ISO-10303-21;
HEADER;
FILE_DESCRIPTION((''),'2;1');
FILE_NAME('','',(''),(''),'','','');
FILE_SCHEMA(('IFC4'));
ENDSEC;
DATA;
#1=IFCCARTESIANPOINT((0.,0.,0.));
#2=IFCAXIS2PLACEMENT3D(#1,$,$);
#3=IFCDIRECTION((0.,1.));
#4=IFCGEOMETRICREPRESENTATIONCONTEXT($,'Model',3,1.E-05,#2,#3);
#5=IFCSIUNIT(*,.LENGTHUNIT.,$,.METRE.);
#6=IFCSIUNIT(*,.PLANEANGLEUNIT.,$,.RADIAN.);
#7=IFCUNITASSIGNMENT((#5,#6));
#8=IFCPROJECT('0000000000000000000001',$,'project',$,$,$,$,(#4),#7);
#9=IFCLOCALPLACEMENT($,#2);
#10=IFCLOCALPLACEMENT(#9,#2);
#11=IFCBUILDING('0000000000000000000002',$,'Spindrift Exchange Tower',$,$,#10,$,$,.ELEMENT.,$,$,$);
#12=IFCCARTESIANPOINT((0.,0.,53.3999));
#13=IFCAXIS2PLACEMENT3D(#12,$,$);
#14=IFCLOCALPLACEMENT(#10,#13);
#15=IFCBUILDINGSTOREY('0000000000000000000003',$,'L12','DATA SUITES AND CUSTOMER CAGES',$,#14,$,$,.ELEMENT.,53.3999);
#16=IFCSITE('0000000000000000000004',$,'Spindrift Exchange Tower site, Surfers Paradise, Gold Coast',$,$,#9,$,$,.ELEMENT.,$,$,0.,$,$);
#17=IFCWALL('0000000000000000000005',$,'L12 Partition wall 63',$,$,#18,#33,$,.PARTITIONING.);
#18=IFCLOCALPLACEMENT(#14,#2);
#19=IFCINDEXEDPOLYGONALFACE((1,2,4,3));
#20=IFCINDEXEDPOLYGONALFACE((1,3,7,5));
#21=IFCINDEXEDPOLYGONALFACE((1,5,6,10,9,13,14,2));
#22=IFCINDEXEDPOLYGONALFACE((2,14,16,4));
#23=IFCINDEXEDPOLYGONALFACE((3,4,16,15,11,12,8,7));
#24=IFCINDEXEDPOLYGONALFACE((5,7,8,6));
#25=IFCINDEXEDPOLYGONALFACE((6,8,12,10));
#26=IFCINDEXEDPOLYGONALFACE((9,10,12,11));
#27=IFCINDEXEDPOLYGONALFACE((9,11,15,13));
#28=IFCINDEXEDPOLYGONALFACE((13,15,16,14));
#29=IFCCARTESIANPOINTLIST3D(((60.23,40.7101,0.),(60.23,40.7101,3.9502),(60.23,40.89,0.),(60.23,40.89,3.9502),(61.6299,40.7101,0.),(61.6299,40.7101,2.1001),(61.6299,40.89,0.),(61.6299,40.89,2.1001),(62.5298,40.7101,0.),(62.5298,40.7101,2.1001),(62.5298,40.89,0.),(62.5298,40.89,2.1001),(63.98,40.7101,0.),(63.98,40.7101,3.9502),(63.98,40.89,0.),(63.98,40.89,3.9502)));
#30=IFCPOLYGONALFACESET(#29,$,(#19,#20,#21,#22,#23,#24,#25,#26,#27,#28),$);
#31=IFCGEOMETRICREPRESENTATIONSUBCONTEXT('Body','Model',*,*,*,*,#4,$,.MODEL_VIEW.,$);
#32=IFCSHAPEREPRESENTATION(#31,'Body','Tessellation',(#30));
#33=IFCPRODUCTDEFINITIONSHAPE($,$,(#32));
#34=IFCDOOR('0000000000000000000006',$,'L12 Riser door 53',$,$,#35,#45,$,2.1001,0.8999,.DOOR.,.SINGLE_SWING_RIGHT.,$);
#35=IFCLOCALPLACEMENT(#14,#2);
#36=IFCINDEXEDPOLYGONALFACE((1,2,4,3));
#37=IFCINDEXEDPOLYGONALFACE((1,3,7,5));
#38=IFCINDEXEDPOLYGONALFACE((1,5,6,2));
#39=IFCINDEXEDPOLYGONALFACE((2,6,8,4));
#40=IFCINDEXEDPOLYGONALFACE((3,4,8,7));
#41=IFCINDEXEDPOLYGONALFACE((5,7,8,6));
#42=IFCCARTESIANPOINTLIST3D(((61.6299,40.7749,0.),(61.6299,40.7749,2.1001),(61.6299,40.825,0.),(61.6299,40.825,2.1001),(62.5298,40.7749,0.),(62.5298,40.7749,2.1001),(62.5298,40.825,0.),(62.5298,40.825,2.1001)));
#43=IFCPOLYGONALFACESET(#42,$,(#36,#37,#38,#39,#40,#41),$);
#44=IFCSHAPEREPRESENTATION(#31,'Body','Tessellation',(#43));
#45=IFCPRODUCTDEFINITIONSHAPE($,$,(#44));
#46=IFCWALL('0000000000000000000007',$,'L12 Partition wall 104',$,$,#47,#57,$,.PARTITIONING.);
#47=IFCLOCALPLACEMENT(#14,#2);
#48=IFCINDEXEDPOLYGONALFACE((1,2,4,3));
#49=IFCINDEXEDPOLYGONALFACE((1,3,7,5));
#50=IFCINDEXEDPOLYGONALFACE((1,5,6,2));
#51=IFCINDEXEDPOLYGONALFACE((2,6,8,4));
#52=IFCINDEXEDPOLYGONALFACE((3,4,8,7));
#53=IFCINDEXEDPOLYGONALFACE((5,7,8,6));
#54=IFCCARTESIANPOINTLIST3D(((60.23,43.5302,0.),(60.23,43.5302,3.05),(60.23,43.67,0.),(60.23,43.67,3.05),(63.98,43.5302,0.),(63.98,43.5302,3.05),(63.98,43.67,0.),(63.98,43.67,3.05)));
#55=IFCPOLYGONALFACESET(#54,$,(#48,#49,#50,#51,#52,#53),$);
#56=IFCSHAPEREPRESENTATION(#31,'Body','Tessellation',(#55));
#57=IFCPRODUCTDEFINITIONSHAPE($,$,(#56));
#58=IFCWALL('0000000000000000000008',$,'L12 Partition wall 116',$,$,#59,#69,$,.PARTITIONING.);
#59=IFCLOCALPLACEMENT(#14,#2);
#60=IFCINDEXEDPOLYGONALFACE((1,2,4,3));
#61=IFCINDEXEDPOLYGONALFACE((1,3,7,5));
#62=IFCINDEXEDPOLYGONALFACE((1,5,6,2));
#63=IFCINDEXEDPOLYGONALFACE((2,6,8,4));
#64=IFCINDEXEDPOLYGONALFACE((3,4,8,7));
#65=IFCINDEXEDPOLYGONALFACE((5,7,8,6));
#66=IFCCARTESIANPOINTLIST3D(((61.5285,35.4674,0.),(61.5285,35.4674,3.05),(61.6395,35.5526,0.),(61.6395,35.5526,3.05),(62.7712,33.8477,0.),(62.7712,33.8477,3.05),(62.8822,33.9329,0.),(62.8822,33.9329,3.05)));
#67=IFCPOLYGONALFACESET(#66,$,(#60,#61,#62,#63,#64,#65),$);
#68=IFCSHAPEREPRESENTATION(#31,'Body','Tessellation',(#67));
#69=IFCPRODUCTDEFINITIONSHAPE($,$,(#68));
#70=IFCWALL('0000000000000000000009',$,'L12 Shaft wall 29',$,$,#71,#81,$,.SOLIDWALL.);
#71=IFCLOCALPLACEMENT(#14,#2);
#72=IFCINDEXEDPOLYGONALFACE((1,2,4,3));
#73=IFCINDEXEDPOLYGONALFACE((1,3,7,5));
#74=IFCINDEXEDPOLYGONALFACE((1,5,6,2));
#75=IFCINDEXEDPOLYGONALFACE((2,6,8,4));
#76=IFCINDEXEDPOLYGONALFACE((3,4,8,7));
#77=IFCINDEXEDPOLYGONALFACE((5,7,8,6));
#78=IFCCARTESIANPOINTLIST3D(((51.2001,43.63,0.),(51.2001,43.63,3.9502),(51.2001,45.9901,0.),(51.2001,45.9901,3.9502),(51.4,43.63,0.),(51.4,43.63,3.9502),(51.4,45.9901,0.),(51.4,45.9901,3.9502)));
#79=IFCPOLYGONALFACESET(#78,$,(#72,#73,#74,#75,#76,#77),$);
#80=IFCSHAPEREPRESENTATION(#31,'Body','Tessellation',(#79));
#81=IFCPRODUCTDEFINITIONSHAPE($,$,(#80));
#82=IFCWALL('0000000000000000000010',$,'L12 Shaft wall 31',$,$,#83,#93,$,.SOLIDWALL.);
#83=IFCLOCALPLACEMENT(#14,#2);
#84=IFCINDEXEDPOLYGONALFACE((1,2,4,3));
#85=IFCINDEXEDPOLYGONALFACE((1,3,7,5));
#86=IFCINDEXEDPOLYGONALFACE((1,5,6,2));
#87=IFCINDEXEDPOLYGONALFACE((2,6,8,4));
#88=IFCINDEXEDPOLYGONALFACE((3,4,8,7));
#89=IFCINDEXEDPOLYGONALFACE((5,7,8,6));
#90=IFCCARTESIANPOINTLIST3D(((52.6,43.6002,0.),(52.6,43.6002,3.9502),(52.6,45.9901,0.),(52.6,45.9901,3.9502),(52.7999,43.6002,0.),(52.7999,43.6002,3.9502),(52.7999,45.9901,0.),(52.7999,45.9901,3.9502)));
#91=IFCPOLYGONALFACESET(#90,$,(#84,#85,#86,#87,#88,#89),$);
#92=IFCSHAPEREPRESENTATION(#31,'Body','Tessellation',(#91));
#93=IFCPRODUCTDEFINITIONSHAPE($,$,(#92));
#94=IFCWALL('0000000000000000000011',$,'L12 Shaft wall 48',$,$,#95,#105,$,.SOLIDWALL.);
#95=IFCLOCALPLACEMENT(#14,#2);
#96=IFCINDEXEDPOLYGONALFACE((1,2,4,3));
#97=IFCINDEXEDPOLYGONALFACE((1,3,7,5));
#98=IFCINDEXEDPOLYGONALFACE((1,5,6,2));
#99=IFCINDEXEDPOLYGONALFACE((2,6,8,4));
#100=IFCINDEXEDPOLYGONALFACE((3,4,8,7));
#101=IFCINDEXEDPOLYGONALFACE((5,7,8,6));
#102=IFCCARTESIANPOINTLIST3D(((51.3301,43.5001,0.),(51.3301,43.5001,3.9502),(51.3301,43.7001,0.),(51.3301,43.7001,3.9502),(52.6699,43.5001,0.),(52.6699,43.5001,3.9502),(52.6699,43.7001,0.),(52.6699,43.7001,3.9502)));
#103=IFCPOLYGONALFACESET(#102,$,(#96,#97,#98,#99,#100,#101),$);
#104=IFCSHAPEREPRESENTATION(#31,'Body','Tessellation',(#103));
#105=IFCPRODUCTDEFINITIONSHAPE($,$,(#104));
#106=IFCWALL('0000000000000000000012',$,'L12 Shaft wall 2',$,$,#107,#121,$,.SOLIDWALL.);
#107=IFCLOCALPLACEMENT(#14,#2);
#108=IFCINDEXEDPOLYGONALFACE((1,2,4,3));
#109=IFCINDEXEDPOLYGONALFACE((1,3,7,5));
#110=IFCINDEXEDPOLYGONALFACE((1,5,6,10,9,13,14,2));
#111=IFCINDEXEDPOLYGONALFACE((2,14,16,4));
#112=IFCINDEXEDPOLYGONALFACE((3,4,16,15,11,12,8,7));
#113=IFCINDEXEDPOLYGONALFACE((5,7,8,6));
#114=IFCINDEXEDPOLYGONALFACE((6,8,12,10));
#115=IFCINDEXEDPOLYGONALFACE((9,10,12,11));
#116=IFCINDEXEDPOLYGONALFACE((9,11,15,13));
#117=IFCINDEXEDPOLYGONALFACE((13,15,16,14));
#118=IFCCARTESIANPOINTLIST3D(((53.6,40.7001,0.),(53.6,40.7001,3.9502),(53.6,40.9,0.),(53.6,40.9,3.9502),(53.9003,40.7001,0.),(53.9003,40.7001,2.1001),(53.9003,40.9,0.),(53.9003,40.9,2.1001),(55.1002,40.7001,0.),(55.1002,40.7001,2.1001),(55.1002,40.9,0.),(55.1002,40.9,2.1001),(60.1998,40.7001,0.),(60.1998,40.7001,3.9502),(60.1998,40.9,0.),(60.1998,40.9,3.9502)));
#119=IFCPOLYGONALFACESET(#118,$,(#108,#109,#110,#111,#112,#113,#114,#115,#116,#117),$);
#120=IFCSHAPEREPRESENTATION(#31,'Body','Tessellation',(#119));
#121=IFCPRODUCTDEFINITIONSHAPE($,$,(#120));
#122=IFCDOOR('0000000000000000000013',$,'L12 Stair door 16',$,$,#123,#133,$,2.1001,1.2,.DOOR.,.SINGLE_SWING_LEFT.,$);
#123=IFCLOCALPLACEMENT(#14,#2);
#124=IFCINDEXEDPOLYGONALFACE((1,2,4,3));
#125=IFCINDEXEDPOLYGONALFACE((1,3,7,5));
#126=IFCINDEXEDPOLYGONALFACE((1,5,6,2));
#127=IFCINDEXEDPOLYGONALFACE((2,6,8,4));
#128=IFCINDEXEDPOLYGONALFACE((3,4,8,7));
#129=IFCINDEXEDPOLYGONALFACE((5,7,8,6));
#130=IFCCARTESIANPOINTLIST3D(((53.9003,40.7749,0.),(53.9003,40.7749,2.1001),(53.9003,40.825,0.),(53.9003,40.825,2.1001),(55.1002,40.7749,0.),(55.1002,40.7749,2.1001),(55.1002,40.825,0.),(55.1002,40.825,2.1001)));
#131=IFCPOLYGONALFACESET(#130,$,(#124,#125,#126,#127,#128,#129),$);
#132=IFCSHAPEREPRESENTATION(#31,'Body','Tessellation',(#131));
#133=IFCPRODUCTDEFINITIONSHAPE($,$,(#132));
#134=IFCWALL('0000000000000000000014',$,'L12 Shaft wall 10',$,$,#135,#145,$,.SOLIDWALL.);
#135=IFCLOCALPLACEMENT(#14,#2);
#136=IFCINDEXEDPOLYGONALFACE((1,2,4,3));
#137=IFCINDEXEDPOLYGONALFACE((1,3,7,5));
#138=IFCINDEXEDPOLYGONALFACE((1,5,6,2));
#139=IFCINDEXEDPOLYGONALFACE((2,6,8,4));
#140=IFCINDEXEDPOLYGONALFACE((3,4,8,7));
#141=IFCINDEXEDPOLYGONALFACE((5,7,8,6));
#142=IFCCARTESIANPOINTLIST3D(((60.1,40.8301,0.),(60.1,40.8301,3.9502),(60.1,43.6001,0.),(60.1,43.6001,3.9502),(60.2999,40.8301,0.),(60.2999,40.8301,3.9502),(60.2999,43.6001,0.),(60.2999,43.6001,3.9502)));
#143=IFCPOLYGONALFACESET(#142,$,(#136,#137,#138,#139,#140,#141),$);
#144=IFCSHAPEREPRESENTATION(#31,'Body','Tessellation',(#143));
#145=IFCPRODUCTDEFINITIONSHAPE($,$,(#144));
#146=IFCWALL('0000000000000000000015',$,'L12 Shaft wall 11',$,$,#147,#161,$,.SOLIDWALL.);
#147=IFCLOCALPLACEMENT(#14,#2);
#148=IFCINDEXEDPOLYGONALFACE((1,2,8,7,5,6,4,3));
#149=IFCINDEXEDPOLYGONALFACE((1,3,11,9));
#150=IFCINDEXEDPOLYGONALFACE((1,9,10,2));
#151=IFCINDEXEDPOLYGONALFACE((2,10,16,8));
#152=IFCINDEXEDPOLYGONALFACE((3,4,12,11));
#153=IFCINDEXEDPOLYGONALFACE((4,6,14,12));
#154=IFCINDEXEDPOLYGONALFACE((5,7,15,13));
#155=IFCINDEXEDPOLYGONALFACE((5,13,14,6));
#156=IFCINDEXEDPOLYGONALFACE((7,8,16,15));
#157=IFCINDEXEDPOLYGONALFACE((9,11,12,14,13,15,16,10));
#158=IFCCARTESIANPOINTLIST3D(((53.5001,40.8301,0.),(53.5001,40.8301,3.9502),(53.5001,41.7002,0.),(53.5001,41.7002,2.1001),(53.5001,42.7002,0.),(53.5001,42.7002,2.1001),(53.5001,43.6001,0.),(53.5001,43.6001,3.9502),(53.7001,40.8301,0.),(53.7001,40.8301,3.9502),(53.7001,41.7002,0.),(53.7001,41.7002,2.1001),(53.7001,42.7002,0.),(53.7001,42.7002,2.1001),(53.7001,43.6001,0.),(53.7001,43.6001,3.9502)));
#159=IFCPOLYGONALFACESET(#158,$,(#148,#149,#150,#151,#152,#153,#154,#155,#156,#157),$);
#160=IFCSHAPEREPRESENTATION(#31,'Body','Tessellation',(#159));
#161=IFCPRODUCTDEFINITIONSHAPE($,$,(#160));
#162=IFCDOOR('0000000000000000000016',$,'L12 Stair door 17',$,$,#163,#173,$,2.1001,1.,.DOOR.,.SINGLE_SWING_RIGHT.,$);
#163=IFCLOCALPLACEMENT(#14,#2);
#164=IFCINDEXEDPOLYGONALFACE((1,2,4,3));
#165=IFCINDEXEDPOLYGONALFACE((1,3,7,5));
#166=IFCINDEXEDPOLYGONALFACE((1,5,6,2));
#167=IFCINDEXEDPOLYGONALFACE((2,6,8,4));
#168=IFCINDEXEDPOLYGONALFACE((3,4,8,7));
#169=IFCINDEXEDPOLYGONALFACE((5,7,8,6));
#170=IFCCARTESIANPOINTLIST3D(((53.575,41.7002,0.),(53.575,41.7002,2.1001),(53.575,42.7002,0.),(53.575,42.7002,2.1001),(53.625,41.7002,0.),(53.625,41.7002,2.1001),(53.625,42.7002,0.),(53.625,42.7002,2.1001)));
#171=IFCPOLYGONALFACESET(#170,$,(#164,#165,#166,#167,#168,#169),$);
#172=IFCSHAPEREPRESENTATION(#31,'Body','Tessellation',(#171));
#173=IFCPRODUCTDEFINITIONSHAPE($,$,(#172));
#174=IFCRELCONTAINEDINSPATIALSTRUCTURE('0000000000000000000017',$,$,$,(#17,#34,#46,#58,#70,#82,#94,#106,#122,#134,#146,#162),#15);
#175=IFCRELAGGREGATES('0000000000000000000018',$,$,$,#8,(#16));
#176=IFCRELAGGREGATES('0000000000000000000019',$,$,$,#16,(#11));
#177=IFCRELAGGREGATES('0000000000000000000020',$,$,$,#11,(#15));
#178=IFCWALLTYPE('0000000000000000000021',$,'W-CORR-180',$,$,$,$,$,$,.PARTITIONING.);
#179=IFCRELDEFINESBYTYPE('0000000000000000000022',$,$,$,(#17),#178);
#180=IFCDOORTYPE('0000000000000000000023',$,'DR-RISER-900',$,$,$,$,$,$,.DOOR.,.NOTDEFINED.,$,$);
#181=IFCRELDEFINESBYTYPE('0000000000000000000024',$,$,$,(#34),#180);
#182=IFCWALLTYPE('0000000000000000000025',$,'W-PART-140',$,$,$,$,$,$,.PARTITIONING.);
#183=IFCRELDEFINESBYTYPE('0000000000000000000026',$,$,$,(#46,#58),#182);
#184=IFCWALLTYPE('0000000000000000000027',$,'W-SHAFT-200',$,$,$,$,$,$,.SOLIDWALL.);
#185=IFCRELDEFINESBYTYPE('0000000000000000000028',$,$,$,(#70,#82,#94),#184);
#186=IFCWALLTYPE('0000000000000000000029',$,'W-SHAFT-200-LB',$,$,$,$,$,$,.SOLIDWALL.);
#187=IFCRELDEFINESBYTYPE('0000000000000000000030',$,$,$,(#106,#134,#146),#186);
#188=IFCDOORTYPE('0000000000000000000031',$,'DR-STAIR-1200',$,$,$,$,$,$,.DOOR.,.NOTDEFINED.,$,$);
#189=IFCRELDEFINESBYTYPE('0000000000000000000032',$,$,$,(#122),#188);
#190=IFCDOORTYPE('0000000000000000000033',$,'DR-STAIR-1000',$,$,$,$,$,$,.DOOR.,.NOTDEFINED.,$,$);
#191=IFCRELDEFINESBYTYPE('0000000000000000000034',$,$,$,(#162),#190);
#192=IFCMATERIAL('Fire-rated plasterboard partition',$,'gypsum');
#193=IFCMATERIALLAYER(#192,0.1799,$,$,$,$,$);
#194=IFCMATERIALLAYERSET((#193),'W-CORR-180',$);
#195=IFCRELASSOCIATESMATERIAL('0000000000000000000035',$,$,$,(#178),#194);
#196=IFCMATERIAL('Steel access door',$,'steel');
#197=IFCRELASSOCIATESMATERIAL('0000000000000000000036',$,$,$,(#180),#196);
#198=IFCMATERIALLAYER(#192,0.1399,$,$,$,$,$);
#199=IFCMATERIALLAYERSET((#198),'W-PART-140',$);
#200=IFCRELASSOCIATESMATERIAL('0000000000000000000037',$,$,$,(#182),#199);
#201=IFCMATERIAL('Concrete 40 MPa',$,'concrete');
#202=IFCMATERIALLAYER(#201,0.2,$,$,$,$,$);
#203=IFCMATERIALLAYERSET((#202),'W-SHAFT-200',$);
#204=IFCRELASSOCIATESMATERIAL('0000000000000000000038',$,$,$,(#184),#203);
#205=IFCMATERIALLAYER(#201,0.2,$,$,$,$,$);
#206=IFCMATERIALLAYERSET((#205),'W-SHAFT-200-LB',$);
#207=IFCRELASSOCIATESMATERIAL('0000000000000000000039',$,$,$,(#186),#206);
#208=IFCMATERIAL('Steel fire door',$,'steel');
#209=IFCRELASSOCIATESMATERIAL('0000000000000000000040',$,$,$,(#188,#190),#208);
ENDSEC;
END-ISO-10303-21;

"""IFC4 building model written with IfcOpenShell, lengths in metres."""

from ifc_helpers import new_model, si_unit, direction, frame, frame_2d, origin, place, context, subcontext, project, spatial, rectangle, extrude, source, transform, mapped, material, layer, layer_set, type_object, element, fill, save


model = new_model("IFC4")

# Units and contexts
model_context = context("Model", 3, precision=1e-05, world=origin(), true_north=direction((0.0, 1.0)))
body_context = subcontext(model_context, "Body", "Model", "MODEL_VIEW")
ifc_project = project(units=[si_unit("LENGTHUNIT", "METRE"), si_unit("PLANEANGLEUNIT", "RADIAN")], contexts=[model_context])

# Site, building, storey
site_placement = place(None, origin())
site = spatial("IfcSite", under=ifc_project, at=site_placement, Name="Spindrift Exchange Tower site, Surfers Paradise, Gold Coast", CompositionType="ELEMENT", RefElevation=0.0)
building_placement = place(site_placement, origin())
building = spatial("IfcBuilding", under=site, at=building_placement, Name="Spindrift Exchange Tower", CompositionType="ELEMENT")
storey_placement = place(building_placement, frame((0.0, 0.0, 53.3999)))
storey = spatial("IfcBuildingStorey", under=building, at=storey_placement, Name="L12", Description="DATA SUITES AND CUSTOMER CAGES", CompositionType="ELEMENT", Elevation=53.3999)

# Wall, opening, door
ifc_material_1 = material(Name="Fire-rated plasterboard partition", Category="gypsum")
ifc_layer_1 = layer(ifc_material_1, 0.1799)
ifc_layer_set_1 = layer_set([ifc_layer_1], Name="W-CORR-180")
wall_type_1 = type_object("IfcWallType", Name="W-CORR-180", PredefinedType="PARTITIONING", material=ifc_layer_set_1)
wall_1_placement = place(storey_placement, frame((60.23, 40.8, 0.0), z_axis=(0.0, 0.0, 1.0), x_axis=(1.0, 0.0, 0.0)))
wall_1 = element("IfcWall", 1, at=wall_1_placement, inside=storey, type_object=wall_type_1, Name="L12 Partition wall 63", PredefinedType="PARTITIONING", context=body_context, shape_type="SweptSolid", body=[
    extrude(rectangle(XDim=3.75, YDim=0.1799, at=frame_2d((1.875, 0.0))), origin(), (0.0, 0.0, 1.0), 3.9502),
])
opening_1_placement = place(wall_1_placement, frame((1.3999, 0.0, 0.0)))
opening_1 = element("IfcOpeningElement", 2, at=opening_1_placement, cuts=wall_1, PredefinedType="OPENING", context=body_context, shape_type="SweptSolid", body=[
    extrude(rectangle(XDim=0.8999, YDim=2.1001, at=frame_2d((0.45, 1.05))), frame((0.0, 0.0999, 0.0), z_axis=(0.0, -1.0, 0.0), x_axis=(1.0, 0.0, 0.0)), (0.0, 0.0, 1.0), 0.2),
])
ifc_material_2 = material(Name="Steel access door", Category="steel")
door_type_1 = type_object("IfcDoorType", Name="DR-RISER-900", OperationType="NOTDEFINED", PredefinedType="DOOR", material=ifc_material_2)
shared_shape_1 = source(origin(), body_context, "Body", "SweptSolid", [
    extrude(rectangle(XDim=0.8999, YDim=2.1001, at=frame_2d((0.45, 1.05))), frame((0.0, 0.0249, 0.0), z_axis=(0.0, -1.0, 0.0), x_axis=(1.0, 0.0, 0.0)), (0.0, 0.0, 1.0), 0.05),
])
door_1_placement = place(opening_1_placement, origin())
door_1 = element("IfcDoor", 3, at=door_1_placement, inside=storey, type_object=door_type_1, Name="L12 Riser door 53", OperationType="SINGLE_SWING_RIGHT", OverallHeight=2.1001, OverallWidth=0.8999, PredefinedType="DOOR", context=body_context, shape_type="MappedRepresentation", body=[
    mapped(shared_shape_1, transform((0.0, 0.0, 0.0), scale=1.0)),
])
fill(opening_1, door_1)

# Walls
ifc_layer_2 = layer(ifc_material_1, 0.1399)
ifc_layer_set_2 = layer_set([ifc_layer_2], Name="W-PART-140")
wall_type_2 = type_object("IfcWallType", Name="W-PART-140", PredefinedType="PARTITIONING", material=ifc_layer_set_2)
wall_2_placement = place(storey_placement, frame((60.23, 43.6001, 0.0), z_axis=(0.0, 0.0, 1.0), x_axis=(1.0, 0.0, 0.0)))
element("IfcWall", 4, at=wall_2_placement, inside=storey, type_object=wall_type_2, Name="L12 Partition wall 104", PredefinedType="PARTITIONING", context=body_context, shape_type="SweptSolid", body=[
    extrude(rectangle(XDim=3.75, YDim=0.1399, at=frame_2d((1.875, 0.0))), origin(), (0.0, 0.0, 1.0), 3.05),
])
wall_3_placement = place(storey_placement, frame((61.584, 35.51, 0.0), z_axis=(0.0, 0.0, 1.0), x_axis=(0.608728, -0.793379, 0.0)))
element("IfcWall", 5, at=wall_3_placement, inside=storey, type_object=wall_type_2, Name="L12 Partition wall 116", PredefinedType="PARTITIONING", context=body_context, shape_type="SweptSolid", body=[
    extrude(rectangle(XDim=2.0415, YDim=0.1399, at=frame_2d((1.0208, 0.0))), origin(), (0.0, 0.0, 1.0), 3.05),
])
ifc_material_3 = material(Name="Concrete 40 MPa", Category="concrete")
ifc_layer_3 = layer(ifc_material_3, 0.2)
ifc_layer_set_3 = layer_set([ifc_layer_3], Name="W-SHAFT-200")
wall_type_3 = type_object("IfcWallType", Name="W-SHAFT-200", PredefinedType="SOLIDWALL", material=ifc_layer_set_3)
wall_4_placement = place(storey_placement, frame((51.3, 43.6299, 0.0), z_axis=(0.0, 0.0, 1.0), x_axis=(0.0, 1.0, 0.0)))
element("IfcWall", 6, at=wall_4_placement, inside=storey, type_object=wall_type_3, Name="L12 Shaft wall 29", PredefinedType="SOLIDWALL", context=body_context, shape_type="SweptSolid", body=[
    extrude(rectangle(XDim=2.3601, YDim=0.2, at=frame_2d((1.1802, 0.0))), origin(), (0.0, 0.0, 1.0), 3.9502),
])
wall_5_placement = place(storey_placement, frame((52.7, 45.99, 0.0), z_axis=(0.0, 0.0, 1.0), x_axis=(0.0, -1.0, 0.0)))
element("IfcWall", 7, at=wall_5_placement, inside=storey, type_object=wall_type_3, Name="L12 Shaft wall 31", PredefinedType="SOLIDWALL", context=body_context, shape_type="SweptSolid", body=[
    extrude(rectangle(XDim=2.3899, YDim=0.2, at=frame_2d((1.1948, 0.0))), origin(), (0.0, 0.0, 1.0), 3.9502),
])
wall_6_placement = place(storey_placement, frame((52.6699, 43.6001, 0.0), z_axis=(0.0, 0.0, 1.0), x_axis=(-1.0, 0.0, 0.0)))
element("IfcWall", 8, at=wall_6_placement, inside=storey, type_object=wall_type_3, Name="L12 Shaft wall 48", PredefinedType="SOLIDWALL", context=body_context, shape_type="SweptSolid", body=[
    extrude(rectangle(XDim=1.3398, YDim=0.2, at=frame_2d((0.6699, 0.0))), origin(), (0.0, 0.0, 1.0), 3.9502),
])

# Wall, opening, door
ifc_layer_4 = layer(ifc_material_3, 0.2)
ifc_layer_set_4 = layer_set([ifc_layer_4], Name="W-SHAFT-200-LB")
wall_type_4 = type_object("IfcWallType", Name="W-SHAFT-200-LB", PredefinedType="SOLIDWALL", material=ifc_layer_set_4)
wall_7_placement = place(storey_placement, frame((53.6001, 40.8, 0.0), z_axis=(0.0, 0.0, 1.0), x_axis=(1.0, 0.0, 0.0)))
wall_7 = element("IfcWall", 9, at=wall_7_placement, inside=storey, type_object=wall_type_4, Name="L12 Shaft wall 2", PredefinedType="SOLIDWALL", context=body_context, shape_type="SweptSolid", body=[
    extrude(rectangle(XDim=6.5999, YDim=0.2, at=frame_2d((3.2998, 0.0))), origin(), (0.0, 0.0, 1.0), 3.9502),
])
opening_2_placement = place(wall_7_placement, frame((0.3, 0.0, 0.0)))
opening_2 = element("IfcOpeningElement", 10, at=opening_2_placement, cuts=wall_7, PredefinedType="OPENING", context=body_context, shape_type="SweptSolid", body=[
    extrude(rectangle(XDim=1.2, YDim=2.1001, at=frame_2d((0.6001, 1.05))), frame((0.0, 0.1099, 0.0), z_axis=(0.0, -1.0, 0.0), x_axis=(1.0, 0.0, 0.0)), (0.0, 0.0, 1.0), 0.22),
])
ifc_material_4 = material(Name="Steel fire door", Category="steel")
door_type_2 = type_object("IfcDoorType", Name="DR-STAIR-1200", OperationType="NOTDEFINED", PredefinedType="DOOR", material=ifc_material_4)
shared_shape_2 = source(origin(), body_context, "Body", "SweptSolid", [
    extrude(rectangle(XDim=1.2, YDim=2.1001, at=frame_2d((0.6001, 1.05))), frame((0.0, 0.0249, 0.0), z_axis=(0.0, -1.0, 0.0), x_axis=(1.0, 0.0, 0.0)), (0.0, 0.0, 1.0), 0.05),
])
door_2_placement = place(opening_2_placement, origin())
door_2 = element("IfcDoor", 11, at=door_2_placement, inside=storey, type_object=door_type_2, Name="L12 Stair door 16", OperationType="SINGLE_SWING_LEFT", OverallHeight=2.1001, OverallWidth=1.2, PredefinedType="DOOR", context=body_context, shape_type="MappedRepresentation", body=[
    mapped(shared_shape_2, transform((0.0, 0.0, 0.0), scale=1.0)),
])
fill(opening_2, door_2)

# Wall
wall_8_placement = place(storey_placement, frame((60.2, 40.8301, 0.0), z_axis=(0.0, 0.0, 1.0), x_axis=(0.0, 1.0, 0.0)))
element("IfcWall", 12, at=wall_8_placement, inside=storey, type_object=wall_type_4, Name="L12 Shaft wall 10", PredefinedType="SOLIDWALL", context=body_context, shape_type="SweptSolid", body=[
    extrude(rectangle(XDim=2.77, YDim=0.2, at=frame_2d((1.385, 0.0))), origin(), (0.0, 0.0, 1.0), 3.9502),
])

# Wall, opening, door
wall_9_placement = place(storey_placement, frame((53.6001, 43.6001, 0.0), z_axis=(0.0, 0.0, 1.0), x_axis=(0.0, -1.0, 0.0)))
wall_9 = element("IfcWall", 13, at=wall_9_placement, inside=storey, type_object=wall_type_4, Name="L12 Shaft wall 11", PredefinedType="SOLIDWALL", context=body_context, shape_type="SweptSolid", body=[
    extrude(rectangle(XDim=2.77, YDim=0.2, at=frame_2d((1.385, 0.0))), origin(), (0.0, 0.0, 1.0), 3.9502),
])
opening_3_placement = place(wall_9_placement, frame((0.8999, 0.0, 0.0)))
opening_3 = element("IfcOpeningElement", 14, at=opening_3_placement, cuts=wall_9, PredefinedType="OPENING", context=body_context, shape_type="SweptSolid", body=[
    extrude(rectangle(XDim=1.0, YDim=2.1001, at=frame_2d((0.5, 1.05))), frame((0.0, 0.1099, 0.0), z_axis=(0.0, -1.0, 0.0), x_axis=(1.0, 0.0, 0.0)), (0.0, 0.0, 1.0), 0.22),
])
door_type_3 = type_object("IfcDoorType", Name="DR-STAIR-1000", OperationType="NOTDEFINED", PredefinedType="DOOR", material=ifc_material_4)
shared_shape_3 = source(origin(), body_context, "Body", "SweptSolid", [
    extrude(rectangle(XDim=1.0, YDim=2.1001, at=frame_2d((0.5, 1.05))), frame((0.0, 0.0249, 0.0), z_axis=(0.0, -1.0, 0.0), x_axis=(1.0, 0.0, 0.0)), (0.0, 0.0, 1.0), 0.05),
])
door_3_placement = place(opening_3_placement, origin())
door_3 = element("IfcDoor", 15, at=door_3_placement, inside=storey, type_object=door_type_3, Name="L12 Stair door 17", OperationType="SINGLE_SWING_RIGHT", OverallHeight=2.1001, OverallWidth=1.0, PredefinedType="DOOR", context=body_context, shape_type="MappedRepresentation", body=[
    mapped(shared_shape_3, transform((0.0, 0.0, 0.0), scale=1.0)),
])
fill(opening_3, door_3)

save(model, "model.ifc")
